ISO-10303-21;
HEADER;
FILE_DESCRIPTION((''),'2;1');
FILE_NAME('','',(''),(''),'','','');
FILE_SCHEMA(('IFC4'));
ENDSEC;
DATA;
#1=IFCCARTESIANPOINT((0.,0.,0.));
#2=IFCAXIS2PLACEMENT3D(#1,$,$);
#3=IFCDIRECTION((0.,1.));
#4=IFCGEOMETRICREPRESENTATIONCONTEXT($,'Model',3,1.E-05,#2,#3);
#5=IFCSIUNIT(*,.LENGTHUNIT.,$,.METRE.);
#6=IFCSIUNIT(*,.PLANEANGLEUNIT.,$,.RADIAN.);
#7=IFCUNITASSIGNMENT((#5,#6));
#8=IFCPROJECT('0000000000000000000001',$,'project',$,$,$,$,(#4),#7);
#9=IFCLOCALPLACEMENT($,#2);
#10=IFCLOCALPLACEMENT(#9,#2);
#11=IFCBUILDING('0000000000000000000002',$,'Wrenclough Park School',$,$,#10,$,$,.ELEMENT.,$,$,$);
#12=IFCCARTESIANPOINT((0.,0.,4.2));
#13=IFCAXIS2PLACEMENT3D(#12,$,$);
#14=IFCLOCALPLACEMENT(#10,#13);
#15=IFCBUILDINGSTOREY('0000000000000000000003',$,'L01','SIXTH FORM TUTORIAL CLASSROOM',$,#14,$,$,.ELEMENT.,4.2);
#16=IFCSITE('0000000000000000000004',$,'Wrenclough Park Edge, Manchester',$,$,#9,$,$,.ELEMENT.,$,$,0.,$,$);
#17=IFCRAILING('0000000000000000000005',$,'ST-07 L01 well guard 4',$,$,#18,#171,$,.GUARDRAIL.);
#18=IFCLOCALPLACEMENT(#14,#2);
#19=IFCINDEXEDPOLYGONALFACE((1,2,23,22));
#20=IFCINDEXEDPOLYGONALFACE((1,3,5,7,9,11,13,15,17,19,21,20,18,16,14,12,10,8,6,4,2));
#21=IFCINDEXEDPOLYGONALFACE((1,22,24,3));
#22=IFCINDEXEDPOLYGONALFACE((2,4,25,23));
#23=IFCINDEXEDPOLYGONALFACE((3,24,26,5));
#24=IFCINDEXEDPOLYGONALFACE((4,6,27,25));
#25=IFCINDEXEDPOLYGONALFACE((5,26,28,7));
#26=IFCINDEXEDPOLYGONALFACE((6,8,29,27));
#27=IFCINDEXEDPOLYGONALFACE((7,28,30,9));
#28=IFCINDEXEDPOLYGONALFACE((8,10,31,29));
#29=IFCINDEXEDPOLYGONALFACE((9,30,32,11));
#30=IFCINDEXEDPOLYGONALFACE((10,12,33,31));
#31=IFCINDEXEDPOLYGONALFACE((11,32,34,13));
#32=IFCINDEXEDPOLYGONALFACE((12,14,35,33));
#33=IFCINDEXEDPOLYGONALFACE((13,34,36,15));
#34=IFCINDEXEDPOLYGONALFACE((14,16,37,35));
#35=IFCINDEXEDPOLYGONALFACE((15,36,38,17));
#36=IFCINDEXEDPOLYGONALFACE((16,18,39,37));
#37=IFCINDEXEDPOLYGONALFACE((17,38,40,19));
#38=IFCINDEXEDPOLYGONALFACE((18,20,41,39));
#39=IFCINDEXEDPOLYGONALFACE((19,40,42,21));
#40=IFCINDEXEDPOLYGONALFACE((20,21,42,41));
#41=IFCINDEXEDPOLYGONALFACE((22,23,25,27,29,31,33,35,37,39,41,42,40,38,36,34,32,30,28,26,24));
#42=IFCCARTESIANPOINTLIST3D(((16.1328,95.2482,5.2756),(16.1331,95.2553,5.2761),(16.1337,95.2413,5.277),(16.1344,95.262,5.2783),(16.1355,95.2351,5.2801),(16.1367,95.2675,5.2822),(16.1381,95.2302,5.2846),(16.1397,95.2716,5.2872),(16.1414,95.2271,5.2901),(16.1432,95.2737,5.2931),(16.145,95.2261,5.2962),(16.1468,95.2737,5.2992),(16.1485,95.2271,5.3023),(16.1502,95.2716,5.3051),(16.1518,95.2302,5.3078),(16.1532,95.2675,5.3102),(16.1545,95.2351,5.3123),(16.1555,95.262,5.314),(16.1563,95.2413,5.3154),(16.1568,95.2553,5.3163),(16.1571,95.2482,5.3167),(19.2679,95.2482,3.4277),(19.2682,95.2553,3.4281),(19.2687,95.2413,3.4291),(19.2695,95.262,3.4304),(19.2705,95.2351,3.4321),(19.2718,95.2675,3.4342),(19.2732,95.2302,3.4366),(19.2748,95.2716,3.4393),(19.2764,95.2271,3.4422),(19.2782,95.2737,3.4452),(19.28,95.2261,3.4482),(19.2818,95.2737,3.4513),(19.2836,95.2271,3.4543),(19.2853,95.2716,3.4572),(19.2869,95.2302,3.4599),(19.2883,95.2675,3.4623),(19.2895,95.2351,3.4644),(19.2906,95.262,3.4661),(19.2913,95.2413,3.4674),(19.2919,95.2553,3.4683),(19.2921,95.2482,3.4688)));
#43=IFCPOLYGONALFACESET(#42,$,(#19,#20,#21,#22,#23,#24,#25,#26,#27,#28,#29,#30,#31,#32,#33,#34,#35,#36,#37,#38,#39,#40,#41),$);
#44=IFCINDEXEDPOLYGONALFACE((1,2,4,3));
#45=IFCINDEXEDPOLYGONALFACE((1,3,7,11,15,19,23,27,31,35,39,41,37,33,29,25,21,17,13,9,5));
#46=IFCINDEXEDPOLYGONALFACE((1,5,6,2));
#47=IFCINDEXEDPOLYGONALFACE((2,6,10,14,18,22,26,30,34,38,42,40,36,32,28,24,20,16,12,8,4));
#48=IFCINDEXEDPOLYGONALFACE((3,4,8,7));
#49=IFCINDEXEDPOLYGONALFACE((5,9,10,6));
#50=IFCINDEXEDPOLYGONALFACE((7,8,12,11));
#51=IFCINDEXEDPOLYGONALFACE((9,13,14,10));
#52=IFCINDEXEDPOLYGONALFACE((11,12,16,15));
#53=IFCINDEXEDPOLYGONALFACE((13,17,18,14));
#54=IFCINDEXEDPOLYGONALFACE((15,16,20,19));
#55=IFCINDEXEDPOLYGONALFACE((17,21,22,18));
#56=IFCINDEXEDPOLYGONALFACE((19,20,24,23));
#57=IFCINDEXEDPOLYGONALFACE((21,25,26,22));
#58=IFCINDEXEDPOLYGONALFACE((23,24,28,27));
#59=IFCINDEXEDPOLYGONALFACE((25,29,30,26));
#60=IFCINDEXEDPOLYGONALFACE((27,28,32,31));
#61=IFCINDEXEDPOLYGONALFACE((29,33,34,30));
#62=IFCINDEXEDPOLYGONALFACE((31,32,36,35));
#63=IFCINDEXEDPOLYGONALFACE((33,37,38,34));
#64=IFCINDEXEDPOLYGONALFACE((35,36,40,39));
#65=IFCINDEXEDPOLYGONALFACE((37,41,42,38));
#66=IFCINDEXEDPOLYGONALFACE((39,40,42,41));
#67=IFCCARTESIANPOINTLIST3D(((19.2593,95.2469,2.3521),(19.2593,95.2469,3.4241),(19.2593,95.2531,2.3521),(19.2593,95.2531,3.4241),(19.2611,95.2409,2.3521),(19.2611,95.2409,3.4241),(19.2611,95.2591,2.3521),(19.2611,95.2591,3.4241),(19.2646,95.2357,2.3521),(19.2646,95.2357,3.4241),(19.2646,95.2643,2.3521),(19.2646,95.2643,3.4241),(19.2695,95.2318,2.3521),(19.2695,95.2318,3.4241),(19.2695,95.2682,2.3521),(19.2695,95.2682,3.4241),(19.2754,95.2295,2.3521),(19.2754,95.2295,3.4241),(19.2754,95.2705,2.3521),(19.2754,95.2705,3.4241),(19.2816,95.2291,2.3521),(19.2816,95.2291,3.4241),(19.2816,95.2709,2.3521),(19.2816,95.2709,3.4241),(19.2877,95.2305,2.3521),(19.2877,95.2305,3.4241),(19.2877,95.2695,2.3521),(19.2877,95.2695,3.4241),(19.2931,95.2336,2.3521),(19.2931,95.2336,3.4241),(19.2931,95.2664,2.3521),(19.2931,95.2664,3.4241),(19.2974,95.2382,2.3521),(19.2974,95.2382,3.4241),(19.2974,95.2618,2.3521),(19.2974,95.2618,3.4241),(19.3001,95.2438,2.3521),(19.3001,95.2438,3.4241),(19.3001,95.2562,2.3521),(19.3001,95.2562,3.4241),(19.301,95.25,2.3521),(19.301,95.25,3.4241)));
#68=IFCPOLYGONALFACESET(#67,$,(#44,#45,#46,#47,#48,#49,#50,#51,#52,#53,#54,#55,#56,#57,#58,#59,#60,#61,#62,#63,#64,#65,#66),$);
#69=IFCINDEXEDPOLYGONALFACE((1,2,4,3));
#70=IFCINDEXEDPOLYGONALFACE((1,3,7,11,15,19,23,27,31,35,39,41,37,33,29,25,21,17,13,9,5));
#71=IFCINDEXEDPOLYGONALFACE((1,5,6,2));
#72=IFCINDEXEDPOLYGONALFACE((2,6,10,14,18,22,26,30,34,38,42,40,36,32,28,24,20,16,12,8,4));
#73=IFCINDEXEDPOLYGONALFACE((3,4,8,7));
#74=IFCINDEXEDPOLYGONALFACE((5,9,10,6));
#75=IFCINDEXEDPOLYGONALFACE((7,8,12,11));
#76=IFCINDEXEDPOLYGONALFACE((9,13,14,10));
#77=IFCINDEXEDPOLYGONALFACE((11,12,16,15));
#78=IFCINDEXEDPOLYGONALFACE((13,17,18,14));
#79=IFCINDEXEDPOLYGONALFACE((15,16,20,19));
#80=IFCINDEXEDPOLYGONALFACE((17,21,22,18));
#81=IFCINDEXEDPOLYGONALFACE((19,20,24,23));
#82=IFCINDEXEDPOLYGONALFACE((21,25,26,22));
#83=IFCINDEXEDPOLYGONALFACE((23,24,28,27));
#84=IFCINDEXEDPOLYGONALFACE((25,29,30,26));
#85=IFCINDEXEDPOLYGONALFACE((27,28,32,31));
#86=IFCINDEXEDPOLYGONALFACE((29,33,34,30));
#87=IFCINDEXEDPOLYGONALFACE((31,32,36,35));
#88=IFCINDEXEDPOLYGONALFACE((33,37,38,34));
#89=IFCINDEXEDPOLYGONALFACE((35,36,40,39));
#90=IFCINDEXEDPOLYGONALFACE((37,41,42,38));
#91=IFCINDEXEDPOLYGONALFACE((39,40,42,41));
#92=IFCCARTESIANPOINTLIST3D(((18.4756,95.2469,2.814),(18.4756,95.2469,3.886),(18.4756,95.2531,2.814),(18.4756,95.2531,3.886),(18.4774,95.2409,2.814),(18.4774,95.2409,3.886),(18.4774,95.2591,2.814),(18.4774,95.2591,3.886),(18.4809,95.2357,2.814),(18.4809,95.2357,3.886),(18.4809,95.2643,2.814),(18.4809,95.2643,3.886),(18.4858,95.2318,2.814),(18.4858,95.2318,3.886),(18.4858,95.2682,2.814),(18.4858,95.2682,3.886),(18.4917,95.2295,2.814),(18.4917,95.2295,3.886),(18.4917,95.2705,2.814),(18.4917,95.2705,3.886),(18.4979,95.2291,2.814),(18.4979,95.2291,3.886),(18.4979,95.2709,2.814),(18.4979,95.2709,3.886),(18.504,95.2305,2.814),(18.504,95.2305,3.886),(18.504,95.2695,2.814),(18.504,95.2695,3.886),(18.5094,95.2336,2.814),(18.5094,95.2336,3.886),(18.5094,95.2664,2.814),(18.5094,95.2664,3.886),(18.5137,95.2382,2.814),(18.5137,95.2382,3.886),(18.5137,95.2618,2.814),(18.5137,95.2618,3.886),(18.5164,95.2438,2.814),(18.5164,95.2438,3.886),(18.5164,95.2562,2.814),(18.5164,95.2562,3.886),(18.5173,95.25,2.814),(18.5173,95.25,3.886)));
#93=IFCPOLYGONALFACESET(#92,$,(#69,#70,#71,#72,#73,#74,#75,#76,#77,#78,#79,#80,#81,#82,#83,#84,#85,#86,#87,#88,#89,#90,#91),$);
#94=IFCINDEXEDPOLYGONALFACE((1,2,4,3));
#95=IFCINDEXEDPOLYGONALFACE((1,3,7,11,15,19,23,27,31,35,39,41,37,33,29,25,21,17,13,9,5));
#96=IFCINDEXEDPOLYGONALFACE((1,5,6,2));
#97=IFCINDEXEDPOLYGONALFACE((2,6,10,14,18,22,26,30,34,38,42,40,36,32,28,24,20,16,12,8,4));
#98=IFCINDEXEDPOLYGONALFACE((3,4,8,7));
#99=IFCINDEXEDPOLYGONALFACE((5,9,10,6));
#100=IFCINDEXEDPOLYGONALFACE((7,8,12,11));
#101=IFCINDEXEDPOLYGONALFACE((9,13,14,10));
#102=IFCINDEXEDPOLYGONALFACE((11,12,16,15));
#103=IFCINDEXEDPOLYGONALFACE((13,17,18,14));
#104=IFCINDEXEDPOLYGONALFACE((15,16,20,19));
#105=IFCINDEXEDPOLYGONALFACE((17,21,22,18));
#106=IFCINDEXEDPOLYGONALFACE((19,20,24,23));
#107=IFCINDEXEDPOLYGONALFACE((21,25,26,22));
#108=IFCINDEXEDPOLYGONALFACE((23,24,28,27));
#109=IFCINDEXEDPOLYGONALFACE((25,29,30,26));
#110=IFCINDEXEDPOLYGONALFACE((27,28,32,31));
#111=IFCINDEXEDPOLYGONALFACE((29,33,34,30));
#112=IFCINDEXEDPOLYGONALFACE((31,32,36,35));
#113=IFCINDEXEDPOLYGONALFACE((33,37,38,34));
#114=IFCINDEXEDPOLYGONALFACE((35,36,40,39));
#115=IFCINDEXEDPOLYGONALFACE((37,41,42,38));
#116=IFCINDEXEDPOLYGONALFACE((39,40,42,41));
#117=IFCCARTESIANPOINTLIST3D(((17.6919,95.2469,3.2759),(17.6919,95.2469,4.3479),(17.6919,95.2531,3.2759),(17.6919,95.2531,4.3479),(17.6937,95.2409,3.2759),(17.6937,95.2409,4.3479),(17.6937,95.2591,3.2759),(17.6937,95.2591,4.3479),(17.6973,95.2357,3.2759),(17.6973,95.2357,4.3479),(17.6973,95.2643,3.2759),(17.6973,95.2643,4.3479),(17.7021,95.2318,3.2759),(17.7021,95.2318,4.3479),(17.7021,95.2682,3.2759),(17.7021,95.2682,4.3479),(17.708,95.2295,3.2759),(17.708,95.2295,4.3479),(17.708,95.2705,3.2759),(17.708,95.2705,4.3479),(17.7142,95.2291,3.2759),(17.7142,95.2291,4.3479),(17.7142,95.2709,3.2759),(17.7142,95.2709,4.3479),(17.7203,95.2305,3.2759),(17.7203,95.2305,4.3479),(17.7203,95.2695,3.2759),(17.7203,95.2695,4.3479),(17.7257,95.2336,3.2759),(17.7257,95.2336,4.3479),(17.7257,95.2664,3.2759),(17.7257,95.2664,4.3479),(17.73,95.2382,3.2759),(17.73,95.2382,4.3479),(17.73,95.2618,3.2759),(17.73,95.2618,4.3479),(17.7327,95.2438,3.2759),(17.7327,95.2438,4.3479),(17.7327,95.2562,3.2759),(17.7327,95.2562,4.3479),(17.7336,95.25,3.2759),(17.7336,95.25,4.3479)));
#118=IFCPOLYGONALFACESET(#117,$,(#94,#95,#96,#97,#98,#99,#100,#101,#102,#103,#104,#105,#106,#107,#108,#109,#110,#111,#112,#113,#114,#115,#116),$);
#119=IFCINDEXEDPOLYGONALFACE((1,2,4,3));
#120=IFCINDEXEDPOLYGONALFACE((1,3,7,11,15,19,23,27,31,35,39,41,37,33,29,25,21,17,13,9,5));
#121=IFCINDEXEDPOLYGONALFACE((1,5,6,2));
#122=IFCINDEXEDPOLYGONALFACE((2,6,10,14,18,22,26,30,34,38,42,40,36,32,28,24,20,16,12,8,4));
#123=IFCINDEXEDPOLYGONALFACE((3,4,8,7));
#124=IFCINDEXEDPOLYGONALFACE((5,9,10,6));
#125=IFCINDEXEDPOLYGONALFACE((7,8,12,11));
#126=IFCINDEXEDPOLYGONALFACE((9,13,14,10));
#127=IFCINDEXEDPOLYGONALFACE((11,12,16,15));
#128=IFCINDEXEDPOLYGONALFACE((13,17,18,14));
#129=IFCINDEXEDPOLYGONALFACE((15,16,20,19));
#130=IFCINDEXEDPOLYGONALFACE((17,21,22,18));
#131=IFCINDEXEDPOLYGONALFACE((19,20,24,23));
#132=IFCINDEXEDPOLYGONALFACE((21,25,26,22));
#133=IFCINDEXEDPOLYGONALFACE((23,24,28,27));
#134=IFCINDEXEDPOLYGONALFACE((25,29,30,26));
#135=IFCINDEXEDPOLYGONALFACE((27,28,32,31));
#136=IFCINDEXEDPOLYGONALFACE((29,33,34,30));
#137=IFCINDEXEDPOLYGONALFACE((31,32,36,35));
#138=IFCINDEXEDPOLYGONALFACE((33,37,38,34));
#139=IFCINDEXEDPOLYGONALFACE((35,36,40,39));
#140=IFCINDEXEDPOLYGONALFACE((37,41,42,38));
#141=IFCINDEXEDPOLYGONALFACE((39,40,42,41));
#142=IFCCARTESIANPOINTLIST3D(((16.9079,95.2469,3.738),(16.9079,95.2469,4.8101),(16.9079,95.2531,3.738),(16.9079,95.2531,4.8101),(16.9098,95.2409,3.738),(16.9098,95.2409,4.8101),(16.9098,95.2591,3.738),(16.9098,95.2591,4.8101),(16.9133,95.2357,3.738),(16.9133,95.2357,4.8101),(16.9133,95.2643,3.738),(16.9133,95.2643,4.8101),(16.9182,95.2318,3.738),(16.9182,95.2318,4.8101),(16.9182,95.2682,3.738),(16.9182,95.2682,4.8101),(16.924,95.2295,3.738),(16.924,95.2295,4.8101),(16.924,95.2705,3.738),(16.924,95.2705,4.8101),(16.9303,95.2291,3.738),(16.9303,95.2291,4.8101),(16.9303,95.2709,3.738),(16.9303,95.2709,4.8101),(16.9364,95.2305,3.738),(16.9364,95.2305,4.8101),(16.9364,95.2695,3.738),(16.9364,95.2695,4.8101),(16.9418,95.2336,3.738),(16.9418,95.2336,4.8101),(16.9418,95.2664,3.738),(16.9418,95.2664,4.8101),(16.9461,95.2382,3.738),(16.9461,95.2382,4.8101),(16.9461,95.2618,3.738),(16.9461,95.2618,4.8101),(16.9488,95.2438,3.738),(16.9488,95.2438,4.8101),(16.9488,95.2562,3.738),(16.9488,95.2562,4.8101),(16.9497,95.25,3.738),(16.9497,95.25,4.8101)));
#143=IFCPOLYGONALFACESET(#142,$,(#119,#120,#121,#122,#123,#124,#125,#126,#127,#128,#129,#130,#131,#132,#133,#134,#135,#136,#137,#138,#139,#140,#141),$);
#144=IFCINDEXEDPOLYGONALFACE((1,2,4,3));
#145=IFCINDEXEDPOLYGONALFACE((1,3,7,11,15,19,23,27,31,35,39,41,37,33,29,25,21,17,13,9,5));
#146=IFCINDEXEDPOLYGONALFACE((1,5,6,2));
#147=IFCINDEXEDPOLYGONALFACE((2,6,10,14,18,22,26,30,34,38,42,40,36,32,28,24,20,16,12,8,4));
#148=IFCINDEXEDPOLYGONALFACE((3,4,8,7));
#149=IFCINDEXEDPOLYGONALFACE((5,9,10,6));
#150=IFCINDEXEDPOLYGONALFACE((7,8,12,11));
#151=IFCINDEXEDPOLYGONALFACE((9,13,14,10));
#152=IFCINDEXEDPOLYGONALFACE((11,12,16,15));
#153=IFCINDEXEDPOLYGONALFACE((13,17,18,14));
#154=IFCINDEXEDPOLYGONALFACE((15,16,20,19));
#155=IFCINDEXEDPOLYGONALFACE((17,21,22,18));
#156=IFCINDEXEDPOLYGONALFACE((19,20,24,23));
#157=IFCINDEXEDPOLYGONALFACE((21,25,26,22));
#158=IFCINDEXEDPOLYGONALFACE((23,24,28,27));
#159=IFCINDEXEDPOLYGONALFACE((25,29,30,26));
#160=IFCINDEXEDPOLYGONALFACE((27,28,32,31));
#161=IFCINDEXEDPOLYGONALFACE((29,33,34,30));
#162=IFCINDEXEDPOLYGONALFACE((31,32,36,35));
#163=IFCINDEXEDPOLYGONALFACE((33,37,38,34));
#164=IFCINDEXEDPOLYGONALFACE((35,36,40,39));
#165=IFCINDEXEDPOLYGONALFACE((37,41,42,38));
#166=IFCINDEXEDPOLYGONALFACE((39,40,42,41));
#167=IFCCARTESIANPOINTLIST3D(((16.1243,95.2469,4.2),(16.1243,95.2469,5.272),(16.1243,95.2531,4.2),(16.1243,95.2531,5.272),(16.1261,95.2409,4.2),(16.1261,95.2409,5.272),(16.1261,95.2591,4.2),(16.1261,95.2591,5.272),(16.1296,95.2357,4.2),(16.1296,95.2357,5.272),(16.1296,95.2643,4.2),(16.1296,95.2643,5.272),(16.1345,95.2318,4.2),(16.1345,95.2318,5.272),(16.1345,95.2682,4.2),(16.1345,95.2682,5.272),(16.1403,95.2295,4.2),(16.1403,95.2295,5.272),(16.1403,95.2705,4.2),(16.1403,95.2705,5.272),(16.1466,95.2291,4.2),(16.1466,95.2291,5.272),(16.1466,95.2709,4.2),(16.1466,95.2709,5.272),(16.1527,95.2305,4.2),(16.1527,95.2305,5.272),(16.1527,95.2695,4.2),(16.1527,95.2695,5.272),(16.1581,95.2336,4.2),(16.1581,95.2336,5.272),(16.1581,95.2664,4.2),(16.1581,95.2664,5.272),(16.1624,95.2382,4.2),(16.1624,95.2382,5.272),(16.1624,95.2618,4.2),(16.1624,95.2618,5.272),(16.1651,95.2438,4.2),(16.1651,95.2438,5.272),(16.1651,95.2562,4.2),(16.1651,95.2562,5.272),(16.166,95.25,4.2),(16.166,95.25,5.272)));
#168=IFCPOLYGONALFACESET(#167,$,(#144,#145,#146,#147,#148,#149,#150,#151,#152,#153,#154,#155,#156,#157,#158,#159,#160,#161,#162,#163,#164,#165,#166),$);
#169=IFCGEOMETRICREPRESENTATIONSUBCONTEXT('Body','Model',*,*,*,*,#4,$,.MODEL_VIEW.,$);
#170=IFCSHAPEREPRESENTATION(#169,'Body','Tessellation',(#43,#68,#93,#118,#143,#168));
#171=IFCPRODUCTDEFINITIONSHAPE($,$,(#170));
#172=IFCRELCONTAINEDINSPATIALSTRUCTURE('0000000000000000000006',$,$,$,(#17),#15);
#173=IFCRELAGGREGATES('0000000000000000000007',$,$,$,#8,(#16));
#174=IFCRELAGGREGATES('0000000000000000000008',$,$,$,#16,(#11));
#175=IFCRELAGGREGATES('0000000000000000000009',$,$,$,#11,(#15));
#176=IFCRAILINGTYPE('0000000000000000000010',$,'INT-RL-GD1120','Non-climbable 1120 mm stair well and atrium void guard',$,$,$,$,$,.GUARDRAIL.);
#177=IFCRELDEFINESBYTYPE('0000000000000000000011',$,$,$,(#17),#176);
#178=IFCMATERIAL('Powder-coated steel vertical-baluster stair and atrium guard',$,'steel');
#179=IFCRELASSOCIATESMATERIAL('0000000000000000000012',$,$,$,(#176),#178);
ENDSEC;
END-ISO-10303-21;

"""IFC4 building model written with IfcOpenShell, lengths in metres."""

from ifc_helpers import new_model, si_unit, direction, frame, origin, origin_2d, place, context, subcontext, project, spatial, circle, extrude, material, type_object, element, save


model = new_model("IFC4")

# Units and contexts
model_context = context("Model", 3, precision=1e-05, world=origin(), true_north=direction((0.0, 1.0)))
body_context = subcontext(model_context, "Body", "Model", "MODEL_VIEW")
ifc_project = project(units=[si_unit("LENGTHUNIT", "METRE"), si_unit("PLANEANGLEUNIT", "RADIAN")], contexts=[model_context])

# Site, building, storey
site_placement = place(None, origin())
site = spatial("IfcSite", under=ifc_project, at=site_placement, Name="Wrenclough Park Edge, Manchester", CompositionType="ELEMENT", RefElevation=0.0)
building_placement = place(site_placement, origin())
building = spatial("IfcBuilding", under=site, at=building_placement, Name="Wrenclough Park School", CompositionType="ELEMENT")
storey_placement = place(building_placement, frame((0.0, 0.0, 4.2)))
storey = spatial("IfcBuildingStorey", under=building, at=storey_placement, Name="L01", Description="SIXTH FORM TUTORIAL CLASSROOM", CompositionType="ELEMENT", Elevation=4.2)

# Railing
ifc_material_1 = material(Name="Powder-coated steel vertical-baluster stair and atrium guard", Category="steel")
railing_type_1 = type_object("IfcRailingType", Name="INT-RL-GD1120", Description="Non-climbable 1120 mm stair well and atrium void guard", PredefinedType="GUARDRAIL", material=ifc_material_1)
railing_1_placement = place(storey_placement, frame((19.28, 95.25, 2.3521)))
element("IfcRailing", 1, at=railing_1_placement, inside=storey, type_object=railing_type_1, Name="ST-07 L01 well guard 4", PredefinedType="GUARDRAIL", context=body_context, shape_type="SweptSolid", body=[
    extrude(circle(Radius=0.0239, at=origin_2d()), frame((0.0, 0.0, 1.0962), z_axis=(-0.86148, 0.0, 0.507791), x_axis=(0.0, -1.0, 0.0)), (0.0, 0.0, 1.0), 3.6392),
    extrude(circle(Radius=0.021, at=origin_2d()), origin(), (0.0, 0.0, 1.0), 1.072),
    extrude(circle(Radius=0.021, at=origin_2d()), frame((-0.7837, 0.0, 0.4619)), (0.0, 0.0, 1.0), 1.072),
    extrude(circle(Radius=0.021, at=origin_2d()), frame((-1.5674, 0.0, 0.9238)), (0.0, 0.0, 1.0), 1.072),
    extrude(circle(Radius=0.021, at=origin_2d()), frame((-2.3513, 0.0, 1.386)), (0.0, 0.0, 1.0), 1.072),
    extrude(circle(Radius=0.021, at=origin_2d()), frame((-3.135, 0.0, 1.8479)), (0.0, 0.0, 1.0), 1.072),
])

save(model, "model.ifc")
